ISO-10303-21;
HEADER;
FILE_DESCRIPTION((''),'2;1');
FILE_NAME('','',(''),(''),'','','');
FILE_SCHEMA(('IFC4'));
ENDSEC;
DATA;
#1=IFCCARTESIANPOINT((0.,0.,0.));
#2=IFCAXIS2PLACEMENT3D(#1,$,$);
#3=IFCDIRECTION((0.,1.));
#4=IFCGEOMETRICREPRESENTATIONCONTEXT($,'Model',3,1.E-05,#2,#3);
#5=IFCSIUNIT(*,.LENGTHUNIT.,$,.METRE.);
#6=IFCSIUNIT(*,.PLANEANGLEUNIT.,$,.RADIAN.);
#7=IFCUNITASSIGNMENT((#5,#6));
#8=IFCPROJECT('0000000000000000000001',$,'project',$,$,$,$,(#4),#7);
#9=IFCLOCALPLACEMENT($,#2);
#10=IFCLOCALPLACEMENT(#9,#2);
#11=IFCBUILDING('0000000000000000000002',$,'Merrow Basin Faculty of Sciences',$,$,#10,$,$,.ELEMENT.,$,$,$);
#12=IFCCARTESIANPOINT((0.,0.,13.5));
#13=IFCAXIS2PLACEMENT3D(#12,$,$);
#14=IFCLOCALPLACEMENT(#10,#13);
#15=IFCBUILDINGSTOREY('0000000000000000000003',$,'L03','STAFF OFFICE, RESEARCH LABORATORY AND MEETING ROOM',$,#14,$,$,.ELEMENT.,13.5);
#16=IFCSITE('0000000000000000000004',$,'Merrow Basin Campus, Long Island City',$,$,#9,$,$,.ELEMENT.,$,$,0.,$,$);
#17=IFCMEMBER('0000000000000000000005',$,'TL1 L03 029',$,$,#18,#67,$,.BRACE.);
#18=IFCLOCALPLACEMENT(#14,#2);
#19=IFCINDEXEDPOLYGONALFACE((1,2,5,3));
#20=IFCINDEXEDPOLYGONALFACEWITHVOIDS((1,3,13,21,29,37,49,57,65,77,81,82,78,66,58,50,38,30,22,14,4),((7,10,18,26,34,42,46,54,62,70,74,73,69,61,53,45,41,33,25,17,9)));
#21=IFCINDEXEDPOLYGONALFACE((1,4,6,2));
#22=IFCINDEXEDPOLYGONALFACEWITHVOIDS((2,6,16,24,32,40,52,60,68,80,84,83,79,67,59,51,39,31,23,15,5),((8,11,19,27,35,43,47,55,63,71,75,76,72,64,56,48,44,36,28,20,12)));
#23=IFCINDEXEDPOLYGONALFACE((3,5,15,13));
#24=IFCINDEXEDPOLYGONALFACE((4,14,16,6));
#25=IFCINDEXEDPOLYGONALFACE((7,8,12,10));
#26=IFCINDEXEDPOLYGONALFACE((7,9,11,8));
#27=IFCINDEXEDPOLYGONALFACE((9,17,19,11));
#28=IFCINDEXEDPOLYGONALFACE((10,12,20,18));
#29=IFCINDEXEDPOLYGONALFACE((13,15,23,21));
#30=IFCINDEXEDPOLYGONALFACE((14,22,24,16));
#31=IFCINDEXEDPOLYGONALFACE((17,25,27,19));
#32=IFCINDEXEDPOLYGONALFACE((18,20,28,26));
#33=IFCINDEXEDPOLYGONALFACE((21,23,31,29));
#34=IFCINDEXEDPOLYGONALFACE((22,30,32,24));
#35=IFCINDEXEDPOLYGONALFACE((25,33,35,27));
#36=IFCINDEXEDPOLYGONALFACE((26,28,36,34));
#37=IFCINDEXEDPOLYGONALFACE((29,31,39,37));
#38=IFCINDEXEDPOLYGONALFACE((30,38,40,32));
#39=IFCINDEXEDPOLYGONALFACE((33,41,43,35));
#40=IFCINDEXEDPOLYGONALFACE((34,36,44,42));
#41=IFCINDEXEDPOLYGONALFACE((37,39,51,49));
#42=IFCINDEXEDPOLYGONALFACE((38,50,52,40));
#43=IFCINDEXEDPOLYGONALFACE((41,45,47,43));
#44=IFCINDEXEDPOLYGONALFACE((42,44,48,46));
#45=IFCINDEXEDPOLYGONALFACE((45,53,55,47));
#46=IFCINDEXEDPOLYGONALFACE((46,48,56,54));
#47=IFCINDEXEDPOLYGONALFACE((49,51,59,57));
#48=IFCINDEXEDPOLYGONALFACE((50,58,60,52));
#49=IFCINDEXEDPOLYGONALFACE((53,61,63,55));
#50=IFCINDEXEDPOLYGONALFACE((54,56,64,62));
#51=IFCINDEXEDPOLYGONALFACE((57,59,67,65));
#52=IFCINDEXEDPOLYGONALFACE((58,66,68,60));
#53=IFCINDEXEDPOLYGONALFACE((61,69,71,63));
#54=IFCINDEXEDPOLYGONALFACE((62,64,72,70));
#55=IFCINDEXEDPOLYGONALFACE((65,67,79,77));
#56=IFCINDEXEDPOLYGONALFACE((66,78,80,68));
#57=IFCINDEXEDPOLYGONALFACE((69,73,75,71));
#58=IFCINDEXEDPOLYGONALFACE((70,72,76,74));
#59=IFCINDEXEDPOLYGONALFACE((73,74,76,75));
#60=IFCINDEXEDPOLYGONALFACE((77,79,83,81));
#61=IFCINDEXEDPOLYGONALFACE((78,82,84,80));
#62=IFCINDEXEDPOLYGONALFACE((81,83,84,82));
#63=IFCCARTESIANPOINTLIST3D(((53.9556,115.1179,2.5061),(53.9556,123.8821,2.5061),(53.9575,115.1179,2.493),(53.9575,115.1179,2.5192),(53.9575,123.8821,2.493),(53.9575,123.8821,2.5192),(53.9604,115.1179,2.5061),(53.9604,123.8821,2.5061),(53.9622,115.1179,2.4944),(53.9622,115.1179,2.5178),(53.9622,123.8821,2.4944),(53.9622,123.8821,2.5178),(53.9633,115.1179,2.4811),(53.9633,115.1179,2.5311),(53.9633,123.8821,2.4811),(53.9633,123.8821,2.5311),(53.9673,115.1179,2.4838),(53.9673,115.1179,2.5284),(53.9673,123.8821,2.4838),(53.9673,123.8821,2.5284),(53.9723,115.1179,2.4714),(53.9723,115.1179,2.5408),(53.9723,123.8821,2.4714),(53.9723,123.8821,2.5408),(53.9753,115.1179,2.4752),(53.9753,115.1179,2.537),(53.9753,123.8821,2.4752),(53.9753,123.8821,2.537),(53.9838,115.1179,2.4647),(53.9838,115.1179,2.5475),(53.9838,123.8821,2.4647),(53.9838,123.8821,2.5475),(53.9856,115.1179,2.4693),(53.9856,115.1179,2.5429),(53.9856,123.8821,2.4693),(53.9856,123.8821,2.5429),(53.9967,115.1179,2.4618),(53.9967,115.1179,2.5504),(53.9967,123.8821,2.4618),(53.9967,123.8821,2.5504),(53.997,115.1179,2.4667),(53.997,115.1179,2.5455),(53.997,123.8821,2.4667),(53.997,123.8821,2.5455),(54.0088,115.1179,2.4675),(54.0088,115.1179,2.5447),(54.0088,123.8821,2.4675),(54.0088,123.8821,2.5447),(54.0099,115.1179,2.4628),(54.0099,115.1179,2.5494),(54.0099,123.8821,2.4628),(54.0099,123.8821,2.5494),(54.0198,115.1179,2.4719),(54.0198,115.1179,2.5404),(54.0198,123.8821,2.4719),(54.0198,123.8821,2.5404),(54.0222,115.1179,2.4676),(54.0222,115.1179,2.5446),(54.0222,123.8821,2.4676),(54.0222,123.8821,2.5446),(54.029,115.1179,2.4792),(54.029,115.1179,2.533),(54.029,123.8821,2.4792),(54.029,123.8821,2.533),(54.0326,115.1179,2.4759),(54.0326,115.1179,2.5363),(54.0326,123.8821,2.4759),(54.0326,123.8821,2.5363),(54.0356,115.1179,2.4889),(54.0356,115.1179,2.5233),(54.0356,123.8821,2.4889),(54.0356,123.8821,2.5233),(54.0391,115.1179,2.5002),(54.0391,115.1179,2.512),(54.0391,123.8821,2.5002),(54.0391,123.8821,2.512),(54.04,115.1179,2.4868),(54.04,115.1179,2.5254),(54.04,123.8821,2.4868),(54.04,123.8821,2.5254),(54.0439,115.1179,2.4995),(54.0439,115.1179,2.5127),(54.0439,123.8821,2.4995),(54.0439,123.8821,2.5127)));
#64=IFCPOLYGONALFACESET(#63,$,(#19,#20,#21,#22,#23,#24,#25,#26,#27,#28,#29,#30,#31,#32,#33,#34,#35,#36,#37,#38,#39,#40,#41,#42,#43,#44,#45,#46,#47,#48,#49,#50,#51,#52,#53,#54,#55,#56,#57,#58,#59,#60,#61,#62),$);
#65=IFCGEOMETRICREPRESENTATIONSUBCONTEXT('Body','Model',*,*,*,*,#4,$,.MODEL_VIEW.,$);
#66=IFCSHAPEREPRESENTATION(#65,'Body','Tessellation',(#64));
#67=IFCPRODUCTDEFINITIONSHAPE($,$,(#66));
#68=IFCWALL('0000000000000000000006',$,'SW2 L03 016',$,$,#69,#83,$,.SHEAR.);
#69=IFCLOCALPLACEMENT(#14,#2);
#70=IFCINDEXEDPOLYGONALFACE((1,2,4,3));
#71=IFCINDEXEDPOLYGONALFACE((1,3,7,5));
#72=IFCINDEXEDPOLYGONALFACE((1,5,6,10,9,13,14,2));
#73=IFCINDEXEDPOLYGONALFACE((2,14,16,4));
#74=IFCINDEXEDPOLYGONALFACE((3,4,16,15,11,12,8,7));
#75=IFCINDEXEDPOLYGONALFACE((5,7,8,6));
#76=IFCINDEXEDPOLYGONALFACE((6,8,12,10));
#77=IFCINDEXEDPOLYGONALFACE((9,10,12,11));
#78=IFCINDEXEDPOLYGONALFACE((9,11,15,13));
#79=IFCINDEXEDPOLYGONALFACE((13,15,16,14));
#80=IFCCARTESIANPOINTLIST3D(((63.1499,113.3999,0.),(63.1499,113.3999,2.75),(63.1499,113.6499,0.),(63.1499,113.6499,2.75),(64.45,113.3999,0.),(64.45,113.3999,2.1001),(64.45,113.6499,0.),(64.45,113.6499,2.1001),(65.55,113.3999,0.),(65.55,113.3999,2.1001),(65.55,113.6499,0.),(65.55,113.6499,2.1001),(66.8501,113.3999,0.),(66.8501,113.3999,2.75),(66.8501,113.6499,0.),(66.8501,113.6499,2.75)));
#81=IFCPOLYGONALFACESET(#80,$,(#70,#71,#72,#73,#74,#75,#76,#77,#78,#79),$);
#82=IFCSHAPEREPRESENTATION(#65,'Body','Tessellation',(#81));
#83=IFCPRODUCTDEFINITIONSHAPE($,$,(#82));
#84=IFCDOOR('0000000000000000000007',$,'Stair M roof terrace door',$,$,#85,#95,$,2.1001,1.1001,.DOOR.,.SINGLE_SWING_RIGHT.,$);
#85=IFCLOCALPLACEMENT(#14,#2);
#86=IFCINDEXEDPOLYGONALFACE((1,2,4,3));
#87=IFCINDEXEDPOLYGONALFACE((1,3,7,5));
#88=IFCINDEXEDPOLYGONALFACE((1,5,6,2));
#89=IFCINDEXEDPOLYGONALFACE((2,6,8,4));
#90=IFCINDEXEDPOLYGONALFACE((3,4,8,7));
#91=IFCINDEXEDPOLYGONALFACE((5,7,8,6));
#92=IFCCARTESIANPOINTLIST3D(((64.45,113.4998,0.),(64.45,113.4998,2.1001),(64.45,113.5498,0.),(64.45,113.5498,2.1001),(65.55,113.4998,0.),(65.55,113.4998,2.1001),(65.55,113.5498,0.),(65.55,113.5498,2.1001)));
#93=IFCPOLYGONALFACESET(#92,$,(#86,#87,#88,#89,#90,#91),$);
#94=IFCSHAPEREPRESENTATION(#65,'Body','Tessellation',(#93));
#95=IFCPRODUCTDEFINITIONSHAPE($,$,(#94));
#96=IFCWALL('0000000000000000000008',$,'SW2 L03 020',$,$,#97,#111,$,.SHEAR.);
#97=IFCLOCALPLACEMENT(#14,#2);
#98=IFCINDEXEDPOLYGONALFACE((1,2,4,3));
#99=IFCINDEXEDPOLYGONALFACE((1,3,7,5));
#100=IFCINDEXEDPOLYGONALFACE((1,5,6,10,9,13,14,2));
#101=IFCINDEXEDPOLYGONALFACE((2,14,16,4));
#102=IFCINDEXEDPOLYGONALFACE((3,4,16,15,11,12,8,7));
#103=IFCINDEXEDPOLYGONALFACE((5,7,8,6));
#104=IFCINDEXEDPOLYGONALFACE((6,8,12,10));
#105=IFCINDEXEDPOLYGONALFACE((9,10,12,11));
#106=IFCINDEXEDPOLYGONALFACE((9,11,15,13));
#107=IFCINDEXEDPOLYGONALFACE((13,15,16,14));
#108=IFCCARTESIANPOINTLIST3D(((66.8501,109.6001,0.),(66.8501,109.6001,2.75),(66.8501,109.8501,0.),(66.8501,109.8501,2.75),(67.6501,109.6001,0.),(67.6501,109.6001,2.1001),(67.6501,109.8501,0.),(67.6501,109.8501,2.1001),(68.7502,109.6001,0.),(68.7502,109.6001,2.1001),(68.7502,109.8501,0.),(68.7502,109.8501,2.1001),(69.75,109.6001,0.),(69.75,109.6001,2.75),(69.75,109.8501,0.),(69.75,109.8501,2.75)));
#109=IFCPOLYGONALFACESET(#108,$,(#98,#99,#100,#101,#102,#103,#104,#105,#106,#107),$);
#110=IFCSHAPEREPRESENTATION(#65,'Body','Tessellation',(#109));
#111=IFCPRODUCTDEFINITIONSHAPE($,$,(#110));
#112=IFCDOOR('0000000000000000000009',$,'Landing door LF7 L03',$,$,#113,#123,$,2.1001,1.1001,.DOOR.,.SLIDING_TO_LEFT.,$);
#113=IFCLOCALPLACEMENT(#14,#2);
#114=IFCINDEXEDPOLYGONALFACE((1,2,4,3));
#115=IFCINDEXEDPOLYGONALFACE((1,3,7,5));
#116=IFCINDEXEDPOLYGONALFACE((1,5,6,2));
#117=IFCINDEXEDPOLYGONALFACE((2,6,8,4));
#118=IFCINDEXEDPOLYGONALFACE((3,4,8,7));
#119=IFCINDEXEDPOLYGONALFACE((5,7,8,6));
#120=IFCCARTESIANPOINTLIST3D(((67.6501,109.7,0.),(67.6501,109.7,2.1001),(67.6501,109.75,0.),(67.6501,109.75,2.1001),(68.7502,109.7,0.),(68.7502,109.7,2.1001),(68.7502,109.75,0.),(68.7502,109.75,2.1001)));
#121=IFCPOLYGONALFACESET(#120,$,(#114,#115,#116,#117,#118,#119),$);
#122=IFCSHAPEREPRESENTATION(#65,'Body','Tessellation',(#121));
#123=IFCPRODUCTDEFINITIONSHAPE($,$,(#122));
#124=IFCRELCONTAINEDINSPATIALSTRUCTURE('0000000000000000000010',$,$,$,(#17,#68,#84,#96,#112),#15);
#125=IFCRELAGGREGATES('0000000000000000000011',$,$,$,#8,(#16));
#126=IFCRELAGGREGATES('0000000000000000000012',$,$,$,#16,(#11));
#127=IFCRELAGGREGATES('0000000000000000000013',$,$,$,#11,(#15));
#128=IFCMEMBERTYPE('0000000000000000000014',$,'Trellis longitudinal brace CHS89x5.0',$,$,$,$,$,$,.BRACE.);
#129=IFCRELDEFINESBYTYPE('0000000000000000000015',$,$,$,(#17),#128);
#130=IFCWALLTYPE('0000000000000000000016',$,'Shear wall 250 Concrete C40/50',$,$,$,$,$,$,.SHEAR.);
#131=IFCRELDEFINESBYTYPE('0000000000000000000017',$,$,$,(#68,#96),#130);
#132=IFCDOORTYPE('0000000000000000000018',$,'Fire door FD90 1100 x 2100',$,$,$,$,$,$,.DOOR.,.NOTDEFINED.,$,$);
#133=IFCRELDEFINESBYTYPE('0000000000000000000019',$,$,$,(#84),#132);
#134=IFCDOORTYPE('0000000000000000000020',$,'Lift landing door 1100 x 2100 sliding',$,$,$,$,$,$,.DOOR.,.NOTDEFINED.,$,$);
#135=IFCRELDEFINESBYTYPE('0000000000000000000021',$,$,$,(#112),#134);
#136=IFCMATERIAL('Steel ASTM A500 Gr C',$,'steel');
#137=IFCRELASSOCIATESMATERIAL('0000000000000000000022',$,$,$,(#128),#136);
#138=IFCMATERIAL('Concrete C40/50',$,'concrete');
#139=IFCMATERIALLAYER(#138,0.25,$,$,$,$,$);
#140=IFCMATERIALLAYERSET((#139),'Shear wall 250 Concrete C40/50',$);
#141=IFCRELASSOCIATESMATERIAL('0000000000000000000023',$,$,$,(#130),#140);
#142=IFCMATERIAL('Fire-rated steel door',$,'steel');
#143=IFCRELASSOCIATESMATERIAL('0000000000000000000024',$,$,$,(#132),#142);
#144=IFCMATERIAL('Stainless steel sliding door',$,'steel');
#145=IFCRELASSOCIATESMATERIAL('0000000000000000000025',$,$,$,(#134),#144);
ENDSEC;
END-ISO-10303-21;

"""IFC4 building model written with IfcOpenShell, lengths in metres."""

from ifc_helpers import new_model, si_unit, direction, frame, frame_2d, origin, origin_2d, place, context, subcontext, project, spatial, rectangle, hollow_circle, extrude, material, layer, layer_set, material_profile, profile_set, type_object, element, fill, save


model = new_model("IFC4")

# Units and contexts
model_context = context("Model", 3, precision=1e-05, world=origin(), true_north=direction((0.0, 1.0)))
body_context = subcontext(model_context, "Body", "Model", "MODEL_VIEW")
ifc_project = project(units=[si_unit("LENGTHUNIT", "METRE"), si_unit("PLANEANGLEUNIT", "RADIAN")], contexts=[model_context])

# Site, building, storey
site_placement = place(None, origin())
site = spatial("IfcSite", under=ifc_project, at=site_placement, Name="Merrow Basin Campus, Long Island City", CompositionType="ELEMENT", RefElevation=0.0)
building_placement = place(site_placement, origin())
building = spatial("IfcBuilding", under=site, at=building_placement, Name="Merrow Basin Faculty of Sciences", CompositionType="ELEMENT")
storey_placement = place(building_placement, frame((0.0, 0.0, 13.5)))
storey = spatial("IfcBuildingStorey", under=building, at=storey_placement, Name="L03", Description="STAFF OFFICE, RESEARCH LABORATORY AND MEETING ROOM", CompositionType="ELEMENT", Elevation=13.5)

# Member
ifc_material_1 = material(Name="Steel ASTM A500 Gr C", Category="steel")
ifc_material_profile_1 = material_profile(ifc_material_1, hollow_circle(Radius=0.0444, WallThickness=0.0049, at=origin_2d()))
ifc_profile_set_1 = profile_set([ifc_material_profile_1], Name="Steel ASTM A500 Gr C")
member_type_1 = type_object("IfcMemberType", Name="Trellis longitudinal brace CHS89x5.0", PredefinedType="BRACE", material=ifc_profile_set_1)
member_1_placement = place(storey_placement, frame((54.0, 115.1179, 2.5061), z_axis=(0.0, 1.0, 0.0), x_axis=(-1.0, 0.0, 0.0)))
element("IfcMember", 1, at=member_1_placement, inside=storey, type_object=member_type_1, Name="TL1 L03 029", PredefinedType="BRACE", context=body_context, shape_type="SweptSolid", body=[
    extrude(hollow_circle(Radius=0.0444, WallThickness=0.0049, at=origin_2d()), origin(), (0.0, 0.0, 1.0), 8.7642),
])

# Walls, openings, doors
ifc_material_2 = material(Name="Concrete C40/50", Category="concrete")
ifc_layer_1 = layer(ifc_material_2, 0.25)
ifc_layer_set_1 = layer_set([ifc_layer_1], Name="Shear wall 250 Concrete C40/50")
wall_type = type_object("IfcWallType", Name="Shear wall 250 Concrete C40/50", PredefinedType="SHEAR", material=ifc_layer_set_1)
wall_1_placement = place(storey_placement, frame((63.1499, 113.5249, 0.0), z_axis=(0.0, 0.0, 1.0), x_axis=(1.0, 0.0, 0.0)))
wall_1 = element("IfcWall", 2, at=wall_1_placement, inside=storey, type_object=wall_type, Name="SW2 L03 016", PredefinedType="SHEAR", context=body_context, shape_type="SweptSolid", body=[
    extrude(rectangle(XDim=3.7002, YDim=0.25, at=frame_2d((1.8501, 0.0))), origin(), (0.0, 0.0, 1.0), 2.75),
])
opening_1_placement = place(wall_1_placement, frame((1.3, 0.0, 0.0)))
opening_1 = element("IfcOpeningElement", 3, at=opening_1_placement, cuts=wall_1, PredefinedType="OPENING", context=body_context, shape_type="SweptSolid", body=[
    extrude(rectangle(XDim=1.1001, YDim=2.1001, at=frame_2d((0.55, 1.05))), frame((0.0, 0.135, 0.0), z_axis=(0.0, -1.0, 0.0), x_axis=(1.0, 0.0, 0.0)), (0.0, 0.0, 1.0), 0.27),
])
ifc_material_3 = material(Name="Fire-rated steel door", Category="steel")
door_type_1 = type_object("IfcDoorType", Name="Fire door FD90 1100 x 2100", OperationType="NOTDEFINED", PredefinedType="DOOR", material=ifc_material_3)
door_1_placement = place(opening_1_placement, origin())
door_1 = element("IfcDoor", 4, at=door_1_placement, inside=storey, type_object=door_type_1, Name="Stair M roof terrace door", OperationType="SINGLE_SWING_RIGHT", OverallHeight=2.1001, OverallWidth=1.1001, PredefinedType="DOOR", context=body_context, shape_type="SweptSolid", body=[
    extrude(rectangle(XDim=1.1001, YDim=2.1001, at=frame_2d((0.55, 1.05))), frame((0.0, 0.0249, 0.0), z_axis=(0.0, -1.0, 0.0), x_axis=(1.0, 0.0, 0.0)), (0.0, 0.0, 1.0), 0.05),
])
fill(opening_1, door_1)
wall_2_placement = place(storey_placement, frame((66.8501, 109.7251, 0.0), z_axis=(0.0, 0.0, 1.0), x_axis=(1.0, 0.0, 0.0)))
wall_2 = element("IfcWall", 5, at=wall_2_placement, inside=storey, type_object=wall_type, Name="SW2 L03 020", PredefinedType="SHEAR", context=body_context, shape_type="SweptSolid", body=[
    extrude(rectangle(XDim=2.8999, YDim=0.25, at=frame_2d((1.45, 0.0))), origin(), (0.0, 0.0, 1.0), 2.75),
])
opening_2_placement = place(wall_2_placement, frame((0.8, 0.0, 0.0)))
opening_2 = element("IfcOpeningElement", 6, at=opening_2_placement, cuts=wall_2, PredefinedType="OPENING", context=body_context, shape_type="SweptSolid", body=[
    extrude(rectangle(XDim=1.1001, YDim=2.1001, at=frame_2d((0.55, 1.05))), frame((0.0, 0.135, 0.0), z_axis=(0.0, -1.0, 0.0), x_axis=(1.0, 0.0, 0.0)), (0.0, 0.0, 1.0), 0.27),
])
ifc_material_4 = material(Name="Stainless steel sliding door", Category="steel")
door_type_2 = type_object("IfcDoorType", Name="Lift landing door 1100 x 2100 sliding", OperationType="NOTDEFINED", PredefinedType="DOOR", material=ifc_material_4)
door_2_placement = place(opening_2_placement, origin())
door_2 = element("IfcDoor", 7, at=door_2_placement, inside=storey, type_object=door_type_2, Name="Landing door LF7 L03", OperationType="SLIDING_TO_LEFT", OverallHeight=2.1001, OverallWidth=1.1001, PredefinedType="DOOR", context=body_context, shape_type="SweptSolid", body=[
    extrude(rectangle(XDim=1.1001, YDim=2.1001, at=frame_2d((0.55, 1.05))), frame((0.0, 0.0249, 0.0), z_axis=(0.0, -1.0, 0.0), x_axis=(1.0, 0.0, 0.0)), (0.0, 0.0, 1.0), 0.05),
])
fill(opening_2, door_2)

save(model, "model.ifc")
